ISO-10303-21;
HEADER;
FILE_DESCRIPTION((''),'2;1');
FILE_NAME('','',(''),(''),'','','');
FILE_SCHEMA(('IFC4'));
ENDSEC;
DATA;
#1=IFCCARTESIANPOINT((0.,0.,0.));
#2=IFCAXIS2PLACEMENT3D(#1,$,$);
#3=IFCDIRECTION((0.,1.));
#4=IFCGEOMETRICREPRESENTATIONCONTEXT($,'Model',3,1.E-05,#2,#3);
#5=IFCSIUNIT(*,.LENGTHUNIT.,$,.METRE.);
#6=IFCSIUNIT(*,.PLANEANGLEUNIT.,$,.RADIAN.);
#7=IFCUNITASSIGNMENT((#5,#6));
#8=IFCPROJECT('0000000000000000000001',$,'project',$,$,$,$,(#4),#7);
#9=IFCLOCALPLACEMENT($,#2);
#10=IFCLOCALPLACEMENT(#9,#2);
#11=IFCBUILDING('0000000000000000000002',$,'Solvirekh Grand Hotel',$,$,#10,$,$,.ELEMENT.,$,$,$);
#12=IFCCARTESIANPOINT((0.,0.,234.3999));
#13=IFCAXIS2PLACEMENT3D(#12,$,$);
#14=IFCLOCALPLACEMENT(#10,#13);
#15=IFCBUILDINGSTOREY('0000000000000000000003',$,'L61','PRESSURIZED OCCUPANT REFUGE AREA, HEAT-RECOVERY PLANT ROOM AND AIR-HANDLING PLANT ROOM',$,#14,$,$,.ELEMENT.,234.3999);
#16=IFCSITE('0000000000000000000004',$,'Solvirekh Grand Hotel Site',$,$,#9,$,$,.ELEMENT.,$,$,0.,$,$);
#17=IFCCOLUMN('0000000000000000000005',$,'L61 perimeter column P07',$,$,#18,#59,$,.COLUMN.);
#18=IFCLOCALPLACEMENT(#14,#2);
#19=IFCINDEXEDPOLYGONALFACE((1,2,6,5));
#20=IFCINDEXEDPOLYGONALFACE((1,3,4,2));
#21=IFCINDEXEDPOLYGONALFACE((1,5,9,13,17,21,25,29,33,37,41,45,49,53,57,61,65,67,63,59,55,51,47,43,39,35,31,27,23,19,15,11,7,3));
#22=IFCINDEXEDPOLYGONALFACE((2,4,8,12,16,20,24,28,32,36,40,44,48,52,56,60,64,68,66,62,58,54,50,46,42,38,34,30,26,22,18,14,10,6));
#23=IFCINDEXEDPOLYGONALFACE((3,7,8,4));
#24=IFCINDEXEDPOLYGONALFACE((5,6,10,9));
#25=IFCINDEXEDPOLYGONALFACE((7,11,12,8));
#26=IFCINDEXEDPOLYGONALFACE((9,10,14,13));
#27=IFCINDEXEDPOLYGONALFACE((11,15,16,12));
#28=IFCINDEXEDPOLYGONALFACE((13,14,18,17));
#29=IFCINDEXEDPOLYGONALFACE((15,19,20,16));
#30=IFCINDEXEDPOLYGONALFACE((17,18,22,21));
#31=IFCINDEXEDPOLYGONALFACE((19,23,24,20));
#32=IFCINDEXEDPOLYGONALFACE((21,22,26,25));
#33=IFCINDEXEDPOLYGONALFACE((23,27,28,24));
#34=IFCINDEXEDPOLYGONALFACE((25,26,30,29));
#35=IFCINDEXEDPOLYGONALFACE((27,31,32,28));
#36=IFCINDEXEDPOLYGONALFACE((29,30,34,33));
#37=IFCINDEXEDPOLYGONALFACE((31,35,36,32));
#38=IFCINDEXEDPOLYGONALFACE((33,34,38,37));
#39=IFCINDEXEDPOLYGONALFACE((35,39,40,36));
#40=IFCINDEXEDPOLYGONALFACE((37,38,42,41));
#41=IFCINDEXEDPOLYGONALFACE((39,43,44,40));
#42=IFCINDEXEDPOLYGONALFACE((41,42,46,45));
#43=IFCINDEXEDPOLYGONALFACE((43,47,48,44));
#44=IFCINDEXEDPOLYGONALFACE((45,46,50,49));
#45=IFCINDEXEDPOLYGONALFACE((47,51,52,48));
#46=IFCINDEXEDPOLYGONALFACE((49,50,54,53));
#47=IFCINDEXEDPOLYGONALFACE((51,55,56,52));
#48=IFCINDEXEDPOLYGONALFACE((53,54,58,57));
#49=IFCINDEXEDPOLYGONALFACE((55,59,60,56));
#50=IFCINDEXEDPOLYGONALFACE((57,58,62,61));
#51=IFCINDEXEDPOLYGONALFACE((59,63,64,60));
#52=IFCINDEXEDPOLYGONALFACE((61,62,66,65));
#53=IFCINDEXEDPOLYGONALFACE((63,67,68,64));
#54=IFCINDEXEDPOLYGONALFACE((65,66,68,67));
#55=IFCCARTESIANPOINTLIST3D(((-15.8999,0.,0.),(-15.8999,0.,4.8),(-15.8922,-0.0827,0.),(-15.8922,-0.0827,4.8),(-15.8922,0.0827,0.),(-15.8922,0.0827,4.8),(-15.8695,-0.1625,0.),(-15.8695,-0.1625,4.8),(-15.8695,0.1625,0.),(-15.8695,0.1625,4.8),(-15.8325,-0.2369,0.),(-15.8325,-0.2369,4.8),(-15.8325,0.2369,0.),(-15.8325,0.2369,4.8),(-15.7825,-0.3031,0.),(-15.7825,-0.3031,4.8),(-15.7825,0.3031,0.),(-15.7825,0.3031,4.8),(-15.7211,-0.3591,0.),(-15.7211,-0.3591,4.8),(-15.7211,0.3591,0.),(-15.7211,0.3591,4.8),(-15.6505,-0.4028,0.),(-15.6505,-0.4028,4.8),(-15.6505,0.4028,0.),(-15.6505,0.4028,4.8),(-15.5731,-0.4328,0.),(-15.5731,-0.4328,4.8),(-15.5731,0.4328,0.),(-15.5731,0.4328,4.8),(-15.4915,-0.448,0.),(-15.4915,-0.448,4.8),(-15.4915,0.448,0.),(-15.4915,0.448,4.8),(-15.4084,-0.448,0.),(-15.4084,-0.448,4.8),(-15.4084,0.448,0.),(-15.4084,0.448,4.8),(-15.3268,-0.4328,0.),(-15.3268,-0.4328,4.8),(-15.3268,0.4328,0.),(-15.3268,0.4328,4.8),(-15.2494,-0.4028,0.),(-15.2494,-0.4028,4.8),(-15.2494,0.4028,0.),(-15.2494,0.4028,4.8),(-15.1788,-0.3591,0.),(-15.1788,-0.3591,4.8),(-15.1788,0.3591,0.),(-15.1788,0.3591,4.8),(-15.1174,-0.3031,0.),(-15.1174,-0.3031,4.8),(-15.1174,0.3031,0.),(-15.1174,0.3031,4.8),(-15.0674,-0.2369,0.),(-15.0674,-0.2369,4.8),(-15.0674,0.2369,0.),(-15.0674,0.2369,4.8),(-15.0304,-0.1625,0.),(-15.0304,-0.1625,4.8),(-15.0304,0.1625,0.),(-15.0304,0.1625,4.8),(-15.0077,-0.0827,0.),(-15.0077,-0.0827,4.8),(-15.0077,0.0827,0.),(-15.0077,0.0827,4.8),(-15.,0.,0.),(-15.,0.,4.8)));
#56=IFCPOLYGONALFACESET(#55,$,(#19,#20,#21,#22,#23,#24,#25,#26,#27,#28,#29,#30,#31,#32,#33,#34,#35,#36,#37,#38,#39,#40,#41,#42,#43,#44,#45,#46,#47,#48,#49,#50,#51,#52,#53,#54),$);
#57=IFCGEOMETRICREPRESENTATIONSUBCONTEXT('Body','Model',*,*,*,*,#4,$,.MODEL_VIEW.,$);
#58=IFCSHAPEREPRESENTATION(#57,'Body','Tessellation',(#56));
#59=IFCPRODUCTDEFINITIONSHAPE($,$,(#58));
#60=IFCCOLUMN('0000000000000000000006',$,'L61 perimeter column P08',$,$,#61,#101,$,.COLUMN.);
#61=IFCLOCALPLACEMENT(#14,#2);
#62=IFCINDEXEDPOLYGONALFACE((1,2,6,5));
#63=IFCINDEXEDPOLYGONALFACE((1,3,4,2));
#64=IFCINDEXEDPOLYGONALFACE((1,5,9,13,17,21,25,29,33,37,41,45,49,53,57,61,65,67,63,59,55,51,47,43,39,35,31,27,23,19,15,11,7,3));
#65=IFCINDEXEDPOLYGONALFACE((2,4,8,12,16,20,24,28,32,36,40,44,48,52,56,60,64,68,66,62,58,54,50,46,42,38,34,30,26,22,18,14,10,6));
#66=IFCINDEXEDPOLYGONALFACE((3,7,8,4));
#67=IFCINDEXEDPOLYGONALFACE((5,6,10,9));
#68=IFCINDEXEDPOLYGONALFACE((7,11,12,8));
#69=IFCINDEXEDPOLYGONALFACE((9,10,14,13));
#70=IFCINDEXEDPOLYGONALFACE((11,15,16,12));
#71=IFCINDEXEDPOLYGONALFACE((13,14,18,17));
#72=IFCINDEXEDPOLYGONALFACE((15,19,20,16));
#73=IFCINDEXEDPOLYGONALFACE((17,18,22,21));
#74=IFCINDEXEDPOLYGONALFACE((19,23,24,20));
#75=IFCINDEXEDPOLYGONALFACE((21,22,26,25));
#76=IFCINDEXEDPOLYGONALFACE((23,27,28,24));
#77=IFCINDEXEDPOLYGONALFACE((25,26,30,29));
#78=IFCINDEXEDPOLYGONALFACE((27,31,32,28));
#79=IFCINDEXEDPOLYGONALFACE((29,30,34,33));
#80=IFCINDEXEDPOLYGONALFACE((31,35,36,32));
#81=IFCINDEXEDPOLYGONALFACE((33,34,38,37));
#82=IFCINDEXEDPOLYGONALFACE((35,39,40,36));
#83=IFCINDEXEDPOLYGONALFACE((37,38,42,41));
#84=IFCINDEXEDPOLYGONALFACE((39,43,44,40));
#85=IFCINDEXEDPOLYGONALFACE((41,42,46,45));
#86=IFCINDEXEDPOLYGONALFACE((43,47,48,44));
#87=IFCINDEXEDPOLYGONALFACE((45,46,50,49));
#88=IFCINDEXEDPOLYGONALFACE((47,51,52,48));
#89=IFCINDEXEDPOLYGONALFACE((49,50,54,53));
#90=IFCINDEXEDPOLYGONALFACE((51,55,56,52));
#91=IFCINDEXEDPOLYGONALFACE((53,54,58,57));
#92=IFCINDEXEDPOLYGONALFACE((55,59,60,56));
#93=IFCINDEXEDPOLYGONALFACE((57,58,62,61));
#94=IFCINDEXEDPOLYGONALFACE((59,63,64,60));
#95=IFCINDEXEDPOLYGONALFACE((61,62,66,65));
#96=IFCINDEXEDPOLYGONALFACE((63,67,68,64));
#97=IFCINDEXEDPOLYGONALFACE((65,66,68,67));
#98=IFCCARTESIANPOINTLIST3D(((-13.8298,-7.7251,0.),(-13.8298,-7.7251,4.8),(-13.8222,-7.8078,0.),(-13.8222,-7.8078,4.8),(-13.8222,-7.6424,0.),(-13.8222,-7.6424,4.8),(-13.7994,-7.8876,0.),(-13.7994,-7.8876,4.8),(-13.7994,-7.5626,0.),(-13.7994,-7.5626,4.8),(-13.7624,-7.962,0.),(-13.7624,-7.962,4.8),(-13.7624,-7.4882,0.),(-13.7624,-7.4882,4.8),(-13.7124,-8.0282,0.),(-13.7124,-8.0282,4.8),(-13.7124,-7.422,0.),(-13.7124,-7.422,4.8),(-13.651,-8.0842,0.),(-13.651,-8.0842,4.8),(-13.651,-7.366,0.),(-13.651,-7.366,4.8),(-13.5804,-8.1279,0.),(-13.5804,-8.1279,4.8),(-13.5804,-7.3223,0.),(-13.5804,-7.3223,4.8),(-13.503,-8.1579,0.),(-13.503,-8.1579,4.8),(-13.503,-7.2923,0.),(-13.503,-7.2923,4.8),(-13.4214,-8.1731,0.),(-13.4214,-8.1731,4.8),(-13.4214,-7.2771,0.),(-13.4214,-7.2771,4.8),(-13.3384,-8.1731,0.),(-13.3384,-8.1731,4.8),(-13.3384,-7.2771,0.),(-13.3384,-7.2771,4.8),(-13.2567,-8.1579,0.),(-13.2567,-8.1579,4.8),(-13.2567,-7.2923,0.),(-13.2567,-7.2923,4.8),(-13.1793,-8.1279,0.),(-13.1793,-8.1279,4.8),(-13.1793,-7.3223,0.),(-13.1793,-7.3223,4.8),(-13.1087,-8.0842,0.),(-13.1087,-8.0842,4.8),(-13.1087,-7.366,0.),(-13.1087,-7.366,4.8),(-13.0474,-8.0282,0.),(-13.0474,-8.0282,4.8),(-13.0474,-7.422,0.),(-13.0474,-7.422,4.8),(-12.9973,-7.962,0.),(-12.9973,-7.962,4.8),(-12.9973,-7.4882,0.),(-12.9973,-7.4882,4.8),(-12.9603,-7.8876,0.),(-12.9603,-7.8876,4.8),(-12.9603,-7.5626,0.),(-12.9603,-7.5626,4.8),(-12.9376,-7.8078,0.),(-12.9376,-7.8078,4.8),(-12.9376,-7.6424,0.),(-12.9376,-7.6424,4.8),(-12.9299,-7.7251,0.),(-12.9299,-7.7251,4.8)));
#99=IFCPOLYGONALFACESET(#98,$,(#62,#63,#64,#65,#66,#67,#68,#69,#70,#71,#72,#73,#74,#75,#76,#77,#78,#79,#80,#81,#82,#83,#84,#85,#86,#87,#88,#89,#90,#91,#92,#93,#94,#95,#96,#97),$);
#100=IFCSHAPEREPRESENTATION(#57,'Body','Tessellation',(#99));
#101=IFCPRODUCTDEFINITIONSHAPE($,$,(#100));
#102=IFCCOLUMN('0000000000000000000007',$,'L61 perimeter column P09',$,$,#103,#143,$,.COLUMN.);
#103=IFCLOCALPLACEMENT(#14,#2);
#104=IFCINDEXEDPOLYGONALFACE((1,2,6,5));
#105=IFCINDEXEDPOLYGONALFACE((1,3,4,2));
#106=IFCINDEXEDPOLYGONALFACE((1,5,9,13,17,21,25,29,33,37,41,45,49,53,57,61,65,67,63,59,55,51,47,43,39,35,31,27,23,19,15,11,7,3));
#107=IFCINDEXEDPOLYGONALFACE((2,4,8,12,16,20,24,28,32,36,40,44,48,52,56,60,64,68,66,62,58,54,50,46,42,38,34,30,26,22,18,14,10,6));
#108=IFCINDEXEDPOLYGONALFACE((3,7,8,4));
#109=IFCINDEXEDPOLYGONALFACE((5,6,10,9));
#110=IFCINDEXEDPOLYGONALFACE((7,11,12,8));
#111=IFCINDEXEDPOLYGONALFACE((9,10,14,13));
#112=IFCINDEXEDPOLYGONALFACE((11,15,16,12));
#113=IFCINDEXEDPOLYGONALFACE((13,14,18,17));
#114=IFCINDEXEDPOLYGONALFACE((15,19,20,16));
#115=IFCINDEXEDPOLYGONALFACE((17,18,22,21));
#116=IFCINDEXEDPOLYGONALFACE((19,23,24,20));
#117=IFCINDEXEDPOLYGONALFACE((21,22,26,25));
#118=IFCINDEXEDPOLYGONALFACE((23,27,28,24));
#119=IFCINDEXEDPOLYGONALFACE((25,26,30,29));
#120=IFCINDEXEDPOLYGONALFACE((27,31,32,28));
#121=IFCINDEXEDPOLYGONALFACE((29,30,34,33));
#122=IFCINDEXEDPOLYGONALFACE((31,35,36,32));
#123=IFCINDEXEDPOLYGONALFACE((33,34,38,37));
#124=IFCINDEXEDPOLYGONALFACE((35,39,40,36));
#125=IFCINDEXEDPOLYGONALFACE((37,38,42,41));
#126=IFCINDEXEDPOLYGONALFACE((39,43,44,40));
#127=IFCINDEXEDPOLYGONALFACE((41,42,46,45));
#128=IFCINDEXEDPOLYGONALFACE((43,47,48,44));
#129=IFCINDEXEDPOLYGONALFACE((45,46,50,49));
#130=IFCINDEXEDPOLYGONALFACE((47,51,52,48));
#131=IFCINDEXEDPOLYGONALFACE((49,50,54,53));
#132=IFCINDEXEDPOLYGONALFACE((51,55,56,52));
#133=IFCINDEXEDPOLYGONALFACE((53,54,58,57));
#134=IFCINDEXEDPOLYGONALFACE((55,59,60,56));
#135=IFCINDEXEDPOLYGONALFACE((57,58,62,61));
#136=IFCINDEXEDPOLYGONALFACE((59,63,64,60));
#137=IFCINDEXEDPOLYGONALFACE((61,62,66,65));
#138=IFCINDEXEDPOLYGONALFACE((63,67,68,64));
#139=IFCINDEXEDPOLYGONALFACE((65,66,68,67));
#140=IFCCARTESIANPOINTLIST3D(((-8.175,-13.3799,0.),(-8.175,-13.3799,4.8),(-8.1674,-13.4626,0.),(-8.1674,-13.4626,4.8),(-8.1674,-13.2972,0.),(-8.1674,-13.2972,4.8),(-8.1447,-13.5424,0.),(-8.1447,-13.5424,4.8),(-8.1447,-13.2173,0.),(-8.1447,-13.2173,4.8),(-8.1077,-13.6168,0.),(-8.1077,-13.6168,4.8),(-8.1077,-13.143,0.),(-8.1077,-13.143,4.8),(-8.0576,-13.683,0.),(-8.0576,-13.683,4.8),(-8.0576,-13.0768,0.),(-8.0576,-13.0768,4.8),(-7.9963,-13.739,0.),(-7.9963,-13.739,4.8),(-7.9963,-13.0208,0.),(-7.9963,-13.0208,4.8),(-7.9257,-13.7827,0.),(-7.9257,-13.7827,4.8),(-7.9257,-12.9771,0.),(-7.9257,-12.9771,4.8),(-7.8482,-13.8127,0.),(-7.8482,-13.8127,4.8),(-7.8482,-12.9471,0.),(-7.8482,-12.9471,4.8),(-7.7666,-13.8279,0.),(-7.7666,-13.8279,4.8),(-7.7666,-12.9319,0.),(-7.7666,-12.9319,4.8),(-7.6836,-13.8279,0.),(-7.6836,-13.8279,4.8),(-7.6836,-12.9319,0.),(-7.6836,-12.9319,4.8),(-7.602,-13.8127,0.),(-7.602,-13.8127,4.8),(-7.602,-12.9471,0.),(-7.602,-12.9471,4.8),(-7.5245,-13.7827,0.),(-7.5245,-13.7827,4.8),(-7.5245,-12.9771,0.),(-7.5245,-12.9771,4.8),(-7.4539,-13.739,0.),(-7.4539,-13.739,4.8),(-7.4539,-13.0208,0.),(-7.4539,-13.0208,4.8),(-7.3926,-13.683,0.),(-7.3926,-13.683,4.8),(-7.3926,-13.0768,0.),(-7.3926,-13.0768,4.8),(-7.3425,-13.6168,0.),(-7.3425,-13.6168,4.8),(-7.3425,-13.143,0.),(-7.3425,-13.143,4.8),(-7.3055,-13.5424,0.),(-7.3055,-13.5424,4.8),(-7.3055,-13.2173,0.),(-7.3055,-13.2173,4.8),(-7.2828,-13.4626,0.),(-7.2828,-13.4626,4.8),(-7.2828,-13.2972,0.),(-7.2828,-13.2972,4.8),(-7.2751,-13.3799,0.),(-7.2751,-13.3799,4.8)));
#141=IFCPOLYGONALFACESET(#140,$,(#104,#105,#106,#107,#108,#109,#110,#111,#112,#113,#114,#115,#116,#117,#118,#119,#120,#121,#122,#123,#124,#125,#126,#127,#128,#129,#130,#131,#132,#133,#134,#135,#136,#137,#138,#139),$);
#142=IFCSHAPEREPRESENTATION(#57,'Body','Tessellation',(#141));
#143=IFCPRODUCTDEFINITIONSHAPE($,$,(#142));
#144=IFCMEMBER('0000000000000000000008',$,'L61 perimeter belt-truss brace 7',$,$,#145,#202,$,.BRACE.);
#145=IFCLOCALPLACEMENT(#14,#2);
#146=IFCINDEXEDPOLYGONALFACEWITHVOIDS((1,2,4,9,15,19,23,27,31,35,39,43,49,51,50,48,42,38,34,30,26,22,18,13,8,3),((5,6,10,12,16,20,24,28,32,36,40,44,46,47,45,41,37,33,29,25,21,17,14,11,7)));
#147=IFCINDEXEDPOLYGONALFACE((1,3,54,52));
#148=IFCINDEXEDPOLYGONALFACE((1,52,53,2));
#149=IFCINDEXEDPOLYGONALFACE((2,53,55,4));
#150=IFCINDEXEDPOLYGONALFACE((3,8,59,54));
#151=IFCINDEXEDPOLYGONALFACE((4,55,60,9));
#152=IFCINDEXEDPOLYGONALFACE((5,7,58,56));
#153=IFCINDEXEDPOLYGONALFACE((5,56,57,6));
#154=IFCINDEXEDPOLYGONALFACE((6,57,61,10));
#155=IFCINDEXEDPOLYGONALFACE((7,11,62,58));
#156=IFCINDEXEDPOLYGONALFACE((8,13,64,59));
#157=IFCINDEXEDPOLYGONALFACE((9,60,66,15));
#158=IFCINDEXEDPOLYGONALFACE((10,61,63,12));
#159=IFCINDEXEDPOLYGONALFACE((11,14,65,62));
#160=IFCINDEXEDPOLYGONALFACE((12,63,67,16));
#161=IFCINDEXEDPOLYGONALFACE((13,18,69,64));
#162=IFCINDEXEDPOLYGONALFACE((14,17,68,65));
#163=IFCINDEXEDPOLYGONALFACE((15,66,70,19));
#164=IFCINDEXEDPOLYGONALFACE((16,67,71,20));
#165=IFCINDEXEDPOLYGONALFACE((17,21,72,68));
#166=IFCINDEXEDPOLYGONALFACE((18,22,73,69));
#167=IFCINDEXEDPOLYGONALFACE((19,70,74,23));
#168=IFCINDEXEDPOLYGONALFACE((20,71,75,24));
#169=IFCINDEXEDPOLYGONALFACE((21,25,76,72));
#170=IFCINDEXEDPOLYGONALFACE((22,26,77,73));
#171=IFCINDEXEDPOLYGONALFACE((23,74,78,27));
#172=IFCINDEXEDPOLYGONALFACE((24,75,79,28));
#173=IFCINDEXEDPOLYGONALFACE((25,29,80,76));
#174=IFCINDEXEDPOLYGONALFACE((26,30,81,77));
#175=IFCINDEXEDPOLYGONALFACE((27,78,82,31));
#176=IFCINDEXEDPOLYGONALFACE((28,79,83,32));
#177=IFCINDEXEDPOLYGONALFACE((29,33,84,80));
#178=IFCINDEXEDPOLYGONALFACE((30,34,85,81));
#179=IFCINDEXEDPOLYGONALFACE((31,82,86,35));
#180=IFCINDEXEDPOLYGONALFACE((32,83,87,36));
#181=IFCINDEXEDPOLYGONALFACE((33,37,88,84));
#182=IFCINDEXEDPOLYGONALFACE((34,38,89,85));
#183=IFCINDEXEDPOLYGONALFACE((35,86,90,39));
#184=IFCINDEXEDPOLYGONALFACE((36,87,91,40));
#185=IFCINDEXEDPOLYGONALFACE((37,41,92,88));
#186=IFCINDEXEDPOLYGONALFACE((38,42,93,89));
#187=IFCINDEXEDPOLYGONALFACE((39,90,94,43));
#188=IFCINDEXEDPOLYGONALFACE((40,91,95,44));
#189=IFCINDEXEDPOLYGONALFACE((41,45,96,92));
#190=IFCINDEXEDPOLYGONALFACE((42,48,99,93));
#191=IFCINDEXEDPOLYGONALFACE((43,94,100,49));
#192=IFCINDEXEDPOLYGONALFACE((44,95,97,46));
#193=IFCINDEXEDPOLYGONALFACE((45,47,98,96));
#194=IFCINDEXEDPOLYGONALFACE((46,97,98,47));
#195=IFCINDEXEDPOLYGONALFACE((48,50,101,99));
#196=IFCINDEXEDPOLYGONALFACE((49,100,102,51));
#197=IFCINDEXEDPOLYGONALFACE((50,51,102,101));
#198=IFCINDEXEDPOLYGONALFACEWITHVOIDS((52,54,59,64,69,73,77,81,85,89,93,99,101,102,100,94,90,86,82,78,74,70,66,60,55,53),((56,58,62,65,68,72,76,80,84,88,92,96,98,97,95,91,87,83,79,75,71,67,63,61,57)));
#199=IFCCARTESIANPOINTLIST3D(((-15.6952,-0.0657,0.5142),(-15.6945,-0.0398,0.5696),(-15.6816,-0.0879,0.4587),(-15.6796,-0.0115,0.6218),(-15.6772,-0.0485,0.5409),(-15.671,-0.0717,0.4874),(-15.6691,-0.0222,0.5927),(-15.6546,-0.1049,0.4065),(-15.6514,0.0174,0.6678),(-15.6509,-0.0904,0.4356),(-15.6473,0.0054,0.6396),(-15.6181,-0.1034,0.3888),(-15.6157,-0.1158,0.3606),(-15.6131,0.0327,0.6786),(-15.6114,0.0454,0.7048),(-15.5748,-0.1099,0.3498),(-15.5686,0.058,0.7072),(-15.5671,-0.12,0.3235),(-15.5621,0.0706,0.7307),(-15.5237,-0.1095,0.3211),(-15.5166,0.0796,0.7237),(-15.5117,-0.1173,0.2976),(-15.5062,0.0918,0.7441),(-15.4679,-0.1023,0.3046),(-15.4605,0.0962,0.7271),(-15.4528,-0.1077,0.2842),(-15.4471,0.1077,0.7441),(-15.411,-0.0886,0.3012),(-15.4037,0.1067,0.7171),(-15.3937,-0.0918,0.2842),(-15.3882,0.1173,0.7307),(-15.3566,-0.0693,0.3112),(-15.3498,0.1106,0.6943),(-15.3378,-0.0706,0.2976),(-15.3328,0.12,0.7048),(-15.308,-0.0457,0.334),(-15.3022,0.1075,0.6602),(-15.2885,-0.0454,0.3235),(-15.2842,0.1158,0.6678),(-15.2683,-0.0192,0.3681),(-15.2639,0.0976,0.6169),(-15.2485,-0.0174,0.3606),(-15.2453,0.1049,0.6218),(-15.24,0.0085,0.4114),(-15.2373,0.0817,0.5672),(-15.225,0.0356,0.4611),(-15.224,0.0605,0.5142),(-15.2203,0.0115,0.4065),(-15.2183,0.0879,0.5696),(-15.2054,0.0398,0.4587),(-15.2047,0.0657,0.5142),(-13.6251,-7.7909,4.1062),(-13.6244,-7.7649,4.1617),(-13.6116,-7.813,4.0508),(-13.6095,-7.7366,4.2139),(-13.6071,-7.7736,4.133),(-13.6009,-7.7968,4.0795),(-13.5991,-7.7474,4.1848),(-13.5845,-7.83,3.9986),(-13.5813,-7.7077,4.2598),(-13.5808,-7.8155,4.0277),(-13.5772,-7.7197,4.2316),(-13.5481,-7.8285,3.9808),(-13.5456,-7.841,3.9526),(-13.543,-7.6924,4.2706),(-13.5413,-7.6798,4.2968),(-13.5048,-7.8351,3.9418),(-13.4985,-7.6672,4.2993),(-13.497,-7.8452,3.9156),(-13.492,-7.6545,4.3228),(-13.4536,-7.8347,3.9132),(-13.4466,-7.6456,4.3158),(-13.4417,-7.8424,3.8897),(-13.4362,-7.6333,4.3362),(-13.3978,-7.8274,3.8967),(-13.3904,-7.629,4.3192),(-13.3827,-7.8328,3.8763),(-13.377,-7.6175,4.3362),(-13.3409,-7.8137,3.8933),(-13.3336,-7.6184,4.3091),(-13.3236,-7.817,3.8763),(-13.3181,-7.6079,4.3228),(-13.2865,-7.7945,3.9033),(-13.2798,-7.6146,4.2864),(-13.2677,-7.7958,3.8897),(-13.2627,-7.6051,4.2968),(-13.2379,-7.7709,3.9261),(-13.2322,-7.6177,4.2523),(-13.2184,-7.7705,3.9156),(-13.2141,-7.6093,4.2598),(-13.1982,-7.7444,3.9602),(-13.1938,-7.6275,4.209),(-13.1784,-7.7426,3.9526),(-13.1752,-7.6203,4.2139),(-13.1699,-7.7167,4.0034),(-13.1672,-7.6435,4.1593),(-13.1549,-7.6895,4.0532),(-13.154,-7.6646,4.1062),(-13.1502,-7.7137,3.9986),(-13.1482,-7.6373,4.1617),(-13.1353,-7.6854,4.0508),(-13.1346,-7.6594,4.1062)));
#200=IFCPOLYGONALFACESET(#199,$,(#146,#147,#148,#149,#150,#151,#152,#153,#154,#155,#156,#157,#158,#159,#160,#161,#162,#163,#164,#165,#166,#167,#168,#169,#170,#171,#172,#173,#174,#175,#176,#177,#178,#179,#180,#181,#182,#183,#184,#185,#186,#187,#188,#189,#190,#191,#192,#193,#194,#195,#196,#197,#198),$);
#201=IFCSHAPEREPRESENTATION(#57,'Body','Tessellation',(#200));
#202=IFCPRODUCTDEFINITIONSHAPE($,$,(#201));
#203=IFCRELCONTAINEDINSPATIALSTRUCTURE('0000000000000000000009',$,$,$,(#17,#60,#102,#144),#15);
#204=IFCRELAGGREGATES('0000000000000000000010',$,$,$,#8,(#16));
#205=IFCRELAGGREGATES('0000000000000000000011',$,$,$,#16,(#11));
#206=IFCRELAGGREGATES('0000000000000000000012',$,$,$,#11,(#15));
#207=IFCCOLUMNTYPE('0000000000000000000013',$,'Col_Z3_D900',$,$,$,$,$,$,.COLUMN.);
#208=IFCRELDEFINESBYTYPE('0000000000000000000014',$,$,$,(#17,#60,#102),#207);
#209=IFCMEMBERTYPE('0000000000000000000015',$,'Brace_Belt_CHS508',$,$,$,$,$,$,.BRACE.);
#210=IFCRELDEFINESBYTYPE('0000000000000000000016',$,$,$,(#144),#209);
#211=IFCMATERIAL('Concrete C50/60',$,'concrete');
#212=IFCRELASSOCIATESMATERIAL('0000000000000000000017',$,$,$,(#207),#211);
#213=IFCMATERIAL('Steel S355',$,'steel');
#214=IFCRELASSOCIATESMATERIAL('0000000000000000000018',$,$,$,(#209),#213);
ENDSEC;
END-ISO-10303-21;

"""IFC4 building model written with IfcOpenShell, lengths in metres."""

from ifc_helpers import new_model, si_unit, direction, frame, origin, origin_2d, place, context, subcontext, project, spatial, circle, hollow_circle, extrude, material, material_profile, profile_set, type_object, element, save


model = new_model("IFC4")

# Units and contexts
model_context = context("Model", 3, precision=1e-05, world=origin(), true_north=direction((0.0, 1.0)))
body_context = subcontext(model_context, "Body", "Model", "MODEL_VIEW")
ifc_project = project(units=[si_unit("LENGTHUNIT", "METRE"), si_unit("PLANEANGLEUNIT", "RADIAN")], contexts=[model_context])

# Site, building, storey
site_placement = place(None, origin())
site = spatial("IfcSite", under=ifc_project, at=site_placement, Name="Solvirekh Grand Hotel Site", CompositionType="ELEMENT", RefElevation=0.0)
building_placement = place(site_placement, origin())
building = spatial("IfcBuilding", under=site, at=building_placement, Name="Solvirekh Grand Hotel", CompositionType="ELEMENT")
storey_placement = place(building_placement, frame((0.0, 0.0, 234.3999)))
storey = spatial("IfcBuildingStorey", under=building, at=storey_placement, Name="L61", Description="PRESSURIZED OCCUPANT REFUGE AREA, HEAT-RECOVERY PLANT ROOM AND AIR-HANDLING PLANT ROOM", CompositionType="ELEMENT", Elevation=234.3999)

# Columns
ifc_material_1 = material(Name="Concrete C50/60", Category="concrete")
ifc_material_profile_1 = material_profile(ifc_material_1, circle(Radius=0.45, at=origin_2d()), Name="RC CIRC D900")
ifc_profile_set_1 = profile_set([ifc_material_profile_1], Name="Concrete C50/60")
column_type = type_object("IfcColumnType", Name="Col_Z3_D900", PredefinedType="COLUMN", material=ifc_profile_set_1)
for number, where, z_axis, x_axis, name in (
    (1, (-15.45, 0.0, 0.0), (0.0, 0.0, 1.0), (1.0, 0.0, 0.0), "L61 perimeter column P07"),
    (2, (-13.3799, -7.7251, 0.0), (0.0, 0.0, 1.0), (1.0, 0.0, 0.0), "L61 perimeter column P08"),
    (3, (-7.7251, -13.3799, 0.0), (0.0, 0.0, 1.0), (1.0, 0.0, 0.0), "L61 perimeter column P09"),
):
    element("IfcColumn", number, at=place(storey_placement, frame(where, z_axis=z_axis, x_axis=x_axis)), inside=storey, type_object=column_type, Name=name, PredefinedType="COLUMN", context=body_context, shape_type="SweptSolid", body=[
        extrude(circle(Radius=0.45, at=origin_2d()), origin(), (0.0, 0.0, 1.0), 4.8),
    ])

# Member
ifc_material_2 = material(Name="Steel S355", Category="steel")
ifc_material_profile_2 = material_profile(ifc_material_2, hollow_circle(Radius=0.2539, WallThickness=0.02, at=origin_2d()), Name="CHS 508X20")
ifc_profile_set_2 = profile_set([ifc_material_profile_2], Name="Steel S355")
member_type = type_object("IfcMemberType", Name="Brace_Belt_CHS508", PredefinedType="BRACE", material=ifc_profile_set_2)
member_1_placement = place(storey_placement, frame((-15.45, 0.0, 0.5142), z_axis=(0.236113, -0.881129, 0.40971), x_axis=(0.965922, 0.258835, 0.0)))
element("IfcMember", 4, at=member_1_placement, inside=storey, type_object=member_type, Name="L61 perimeter belt-truss brace 7", PredefinedType="BRACE", context=body_context, shape_type="SweptSolid", body=[
    extrude(hollow_circle(Radius=0.2539, WallThickness=0.02, at=origin_2d()), origin(), (0.0, 0.0, 1.0), 8.7673),
])

save(model, "model.ifc")
